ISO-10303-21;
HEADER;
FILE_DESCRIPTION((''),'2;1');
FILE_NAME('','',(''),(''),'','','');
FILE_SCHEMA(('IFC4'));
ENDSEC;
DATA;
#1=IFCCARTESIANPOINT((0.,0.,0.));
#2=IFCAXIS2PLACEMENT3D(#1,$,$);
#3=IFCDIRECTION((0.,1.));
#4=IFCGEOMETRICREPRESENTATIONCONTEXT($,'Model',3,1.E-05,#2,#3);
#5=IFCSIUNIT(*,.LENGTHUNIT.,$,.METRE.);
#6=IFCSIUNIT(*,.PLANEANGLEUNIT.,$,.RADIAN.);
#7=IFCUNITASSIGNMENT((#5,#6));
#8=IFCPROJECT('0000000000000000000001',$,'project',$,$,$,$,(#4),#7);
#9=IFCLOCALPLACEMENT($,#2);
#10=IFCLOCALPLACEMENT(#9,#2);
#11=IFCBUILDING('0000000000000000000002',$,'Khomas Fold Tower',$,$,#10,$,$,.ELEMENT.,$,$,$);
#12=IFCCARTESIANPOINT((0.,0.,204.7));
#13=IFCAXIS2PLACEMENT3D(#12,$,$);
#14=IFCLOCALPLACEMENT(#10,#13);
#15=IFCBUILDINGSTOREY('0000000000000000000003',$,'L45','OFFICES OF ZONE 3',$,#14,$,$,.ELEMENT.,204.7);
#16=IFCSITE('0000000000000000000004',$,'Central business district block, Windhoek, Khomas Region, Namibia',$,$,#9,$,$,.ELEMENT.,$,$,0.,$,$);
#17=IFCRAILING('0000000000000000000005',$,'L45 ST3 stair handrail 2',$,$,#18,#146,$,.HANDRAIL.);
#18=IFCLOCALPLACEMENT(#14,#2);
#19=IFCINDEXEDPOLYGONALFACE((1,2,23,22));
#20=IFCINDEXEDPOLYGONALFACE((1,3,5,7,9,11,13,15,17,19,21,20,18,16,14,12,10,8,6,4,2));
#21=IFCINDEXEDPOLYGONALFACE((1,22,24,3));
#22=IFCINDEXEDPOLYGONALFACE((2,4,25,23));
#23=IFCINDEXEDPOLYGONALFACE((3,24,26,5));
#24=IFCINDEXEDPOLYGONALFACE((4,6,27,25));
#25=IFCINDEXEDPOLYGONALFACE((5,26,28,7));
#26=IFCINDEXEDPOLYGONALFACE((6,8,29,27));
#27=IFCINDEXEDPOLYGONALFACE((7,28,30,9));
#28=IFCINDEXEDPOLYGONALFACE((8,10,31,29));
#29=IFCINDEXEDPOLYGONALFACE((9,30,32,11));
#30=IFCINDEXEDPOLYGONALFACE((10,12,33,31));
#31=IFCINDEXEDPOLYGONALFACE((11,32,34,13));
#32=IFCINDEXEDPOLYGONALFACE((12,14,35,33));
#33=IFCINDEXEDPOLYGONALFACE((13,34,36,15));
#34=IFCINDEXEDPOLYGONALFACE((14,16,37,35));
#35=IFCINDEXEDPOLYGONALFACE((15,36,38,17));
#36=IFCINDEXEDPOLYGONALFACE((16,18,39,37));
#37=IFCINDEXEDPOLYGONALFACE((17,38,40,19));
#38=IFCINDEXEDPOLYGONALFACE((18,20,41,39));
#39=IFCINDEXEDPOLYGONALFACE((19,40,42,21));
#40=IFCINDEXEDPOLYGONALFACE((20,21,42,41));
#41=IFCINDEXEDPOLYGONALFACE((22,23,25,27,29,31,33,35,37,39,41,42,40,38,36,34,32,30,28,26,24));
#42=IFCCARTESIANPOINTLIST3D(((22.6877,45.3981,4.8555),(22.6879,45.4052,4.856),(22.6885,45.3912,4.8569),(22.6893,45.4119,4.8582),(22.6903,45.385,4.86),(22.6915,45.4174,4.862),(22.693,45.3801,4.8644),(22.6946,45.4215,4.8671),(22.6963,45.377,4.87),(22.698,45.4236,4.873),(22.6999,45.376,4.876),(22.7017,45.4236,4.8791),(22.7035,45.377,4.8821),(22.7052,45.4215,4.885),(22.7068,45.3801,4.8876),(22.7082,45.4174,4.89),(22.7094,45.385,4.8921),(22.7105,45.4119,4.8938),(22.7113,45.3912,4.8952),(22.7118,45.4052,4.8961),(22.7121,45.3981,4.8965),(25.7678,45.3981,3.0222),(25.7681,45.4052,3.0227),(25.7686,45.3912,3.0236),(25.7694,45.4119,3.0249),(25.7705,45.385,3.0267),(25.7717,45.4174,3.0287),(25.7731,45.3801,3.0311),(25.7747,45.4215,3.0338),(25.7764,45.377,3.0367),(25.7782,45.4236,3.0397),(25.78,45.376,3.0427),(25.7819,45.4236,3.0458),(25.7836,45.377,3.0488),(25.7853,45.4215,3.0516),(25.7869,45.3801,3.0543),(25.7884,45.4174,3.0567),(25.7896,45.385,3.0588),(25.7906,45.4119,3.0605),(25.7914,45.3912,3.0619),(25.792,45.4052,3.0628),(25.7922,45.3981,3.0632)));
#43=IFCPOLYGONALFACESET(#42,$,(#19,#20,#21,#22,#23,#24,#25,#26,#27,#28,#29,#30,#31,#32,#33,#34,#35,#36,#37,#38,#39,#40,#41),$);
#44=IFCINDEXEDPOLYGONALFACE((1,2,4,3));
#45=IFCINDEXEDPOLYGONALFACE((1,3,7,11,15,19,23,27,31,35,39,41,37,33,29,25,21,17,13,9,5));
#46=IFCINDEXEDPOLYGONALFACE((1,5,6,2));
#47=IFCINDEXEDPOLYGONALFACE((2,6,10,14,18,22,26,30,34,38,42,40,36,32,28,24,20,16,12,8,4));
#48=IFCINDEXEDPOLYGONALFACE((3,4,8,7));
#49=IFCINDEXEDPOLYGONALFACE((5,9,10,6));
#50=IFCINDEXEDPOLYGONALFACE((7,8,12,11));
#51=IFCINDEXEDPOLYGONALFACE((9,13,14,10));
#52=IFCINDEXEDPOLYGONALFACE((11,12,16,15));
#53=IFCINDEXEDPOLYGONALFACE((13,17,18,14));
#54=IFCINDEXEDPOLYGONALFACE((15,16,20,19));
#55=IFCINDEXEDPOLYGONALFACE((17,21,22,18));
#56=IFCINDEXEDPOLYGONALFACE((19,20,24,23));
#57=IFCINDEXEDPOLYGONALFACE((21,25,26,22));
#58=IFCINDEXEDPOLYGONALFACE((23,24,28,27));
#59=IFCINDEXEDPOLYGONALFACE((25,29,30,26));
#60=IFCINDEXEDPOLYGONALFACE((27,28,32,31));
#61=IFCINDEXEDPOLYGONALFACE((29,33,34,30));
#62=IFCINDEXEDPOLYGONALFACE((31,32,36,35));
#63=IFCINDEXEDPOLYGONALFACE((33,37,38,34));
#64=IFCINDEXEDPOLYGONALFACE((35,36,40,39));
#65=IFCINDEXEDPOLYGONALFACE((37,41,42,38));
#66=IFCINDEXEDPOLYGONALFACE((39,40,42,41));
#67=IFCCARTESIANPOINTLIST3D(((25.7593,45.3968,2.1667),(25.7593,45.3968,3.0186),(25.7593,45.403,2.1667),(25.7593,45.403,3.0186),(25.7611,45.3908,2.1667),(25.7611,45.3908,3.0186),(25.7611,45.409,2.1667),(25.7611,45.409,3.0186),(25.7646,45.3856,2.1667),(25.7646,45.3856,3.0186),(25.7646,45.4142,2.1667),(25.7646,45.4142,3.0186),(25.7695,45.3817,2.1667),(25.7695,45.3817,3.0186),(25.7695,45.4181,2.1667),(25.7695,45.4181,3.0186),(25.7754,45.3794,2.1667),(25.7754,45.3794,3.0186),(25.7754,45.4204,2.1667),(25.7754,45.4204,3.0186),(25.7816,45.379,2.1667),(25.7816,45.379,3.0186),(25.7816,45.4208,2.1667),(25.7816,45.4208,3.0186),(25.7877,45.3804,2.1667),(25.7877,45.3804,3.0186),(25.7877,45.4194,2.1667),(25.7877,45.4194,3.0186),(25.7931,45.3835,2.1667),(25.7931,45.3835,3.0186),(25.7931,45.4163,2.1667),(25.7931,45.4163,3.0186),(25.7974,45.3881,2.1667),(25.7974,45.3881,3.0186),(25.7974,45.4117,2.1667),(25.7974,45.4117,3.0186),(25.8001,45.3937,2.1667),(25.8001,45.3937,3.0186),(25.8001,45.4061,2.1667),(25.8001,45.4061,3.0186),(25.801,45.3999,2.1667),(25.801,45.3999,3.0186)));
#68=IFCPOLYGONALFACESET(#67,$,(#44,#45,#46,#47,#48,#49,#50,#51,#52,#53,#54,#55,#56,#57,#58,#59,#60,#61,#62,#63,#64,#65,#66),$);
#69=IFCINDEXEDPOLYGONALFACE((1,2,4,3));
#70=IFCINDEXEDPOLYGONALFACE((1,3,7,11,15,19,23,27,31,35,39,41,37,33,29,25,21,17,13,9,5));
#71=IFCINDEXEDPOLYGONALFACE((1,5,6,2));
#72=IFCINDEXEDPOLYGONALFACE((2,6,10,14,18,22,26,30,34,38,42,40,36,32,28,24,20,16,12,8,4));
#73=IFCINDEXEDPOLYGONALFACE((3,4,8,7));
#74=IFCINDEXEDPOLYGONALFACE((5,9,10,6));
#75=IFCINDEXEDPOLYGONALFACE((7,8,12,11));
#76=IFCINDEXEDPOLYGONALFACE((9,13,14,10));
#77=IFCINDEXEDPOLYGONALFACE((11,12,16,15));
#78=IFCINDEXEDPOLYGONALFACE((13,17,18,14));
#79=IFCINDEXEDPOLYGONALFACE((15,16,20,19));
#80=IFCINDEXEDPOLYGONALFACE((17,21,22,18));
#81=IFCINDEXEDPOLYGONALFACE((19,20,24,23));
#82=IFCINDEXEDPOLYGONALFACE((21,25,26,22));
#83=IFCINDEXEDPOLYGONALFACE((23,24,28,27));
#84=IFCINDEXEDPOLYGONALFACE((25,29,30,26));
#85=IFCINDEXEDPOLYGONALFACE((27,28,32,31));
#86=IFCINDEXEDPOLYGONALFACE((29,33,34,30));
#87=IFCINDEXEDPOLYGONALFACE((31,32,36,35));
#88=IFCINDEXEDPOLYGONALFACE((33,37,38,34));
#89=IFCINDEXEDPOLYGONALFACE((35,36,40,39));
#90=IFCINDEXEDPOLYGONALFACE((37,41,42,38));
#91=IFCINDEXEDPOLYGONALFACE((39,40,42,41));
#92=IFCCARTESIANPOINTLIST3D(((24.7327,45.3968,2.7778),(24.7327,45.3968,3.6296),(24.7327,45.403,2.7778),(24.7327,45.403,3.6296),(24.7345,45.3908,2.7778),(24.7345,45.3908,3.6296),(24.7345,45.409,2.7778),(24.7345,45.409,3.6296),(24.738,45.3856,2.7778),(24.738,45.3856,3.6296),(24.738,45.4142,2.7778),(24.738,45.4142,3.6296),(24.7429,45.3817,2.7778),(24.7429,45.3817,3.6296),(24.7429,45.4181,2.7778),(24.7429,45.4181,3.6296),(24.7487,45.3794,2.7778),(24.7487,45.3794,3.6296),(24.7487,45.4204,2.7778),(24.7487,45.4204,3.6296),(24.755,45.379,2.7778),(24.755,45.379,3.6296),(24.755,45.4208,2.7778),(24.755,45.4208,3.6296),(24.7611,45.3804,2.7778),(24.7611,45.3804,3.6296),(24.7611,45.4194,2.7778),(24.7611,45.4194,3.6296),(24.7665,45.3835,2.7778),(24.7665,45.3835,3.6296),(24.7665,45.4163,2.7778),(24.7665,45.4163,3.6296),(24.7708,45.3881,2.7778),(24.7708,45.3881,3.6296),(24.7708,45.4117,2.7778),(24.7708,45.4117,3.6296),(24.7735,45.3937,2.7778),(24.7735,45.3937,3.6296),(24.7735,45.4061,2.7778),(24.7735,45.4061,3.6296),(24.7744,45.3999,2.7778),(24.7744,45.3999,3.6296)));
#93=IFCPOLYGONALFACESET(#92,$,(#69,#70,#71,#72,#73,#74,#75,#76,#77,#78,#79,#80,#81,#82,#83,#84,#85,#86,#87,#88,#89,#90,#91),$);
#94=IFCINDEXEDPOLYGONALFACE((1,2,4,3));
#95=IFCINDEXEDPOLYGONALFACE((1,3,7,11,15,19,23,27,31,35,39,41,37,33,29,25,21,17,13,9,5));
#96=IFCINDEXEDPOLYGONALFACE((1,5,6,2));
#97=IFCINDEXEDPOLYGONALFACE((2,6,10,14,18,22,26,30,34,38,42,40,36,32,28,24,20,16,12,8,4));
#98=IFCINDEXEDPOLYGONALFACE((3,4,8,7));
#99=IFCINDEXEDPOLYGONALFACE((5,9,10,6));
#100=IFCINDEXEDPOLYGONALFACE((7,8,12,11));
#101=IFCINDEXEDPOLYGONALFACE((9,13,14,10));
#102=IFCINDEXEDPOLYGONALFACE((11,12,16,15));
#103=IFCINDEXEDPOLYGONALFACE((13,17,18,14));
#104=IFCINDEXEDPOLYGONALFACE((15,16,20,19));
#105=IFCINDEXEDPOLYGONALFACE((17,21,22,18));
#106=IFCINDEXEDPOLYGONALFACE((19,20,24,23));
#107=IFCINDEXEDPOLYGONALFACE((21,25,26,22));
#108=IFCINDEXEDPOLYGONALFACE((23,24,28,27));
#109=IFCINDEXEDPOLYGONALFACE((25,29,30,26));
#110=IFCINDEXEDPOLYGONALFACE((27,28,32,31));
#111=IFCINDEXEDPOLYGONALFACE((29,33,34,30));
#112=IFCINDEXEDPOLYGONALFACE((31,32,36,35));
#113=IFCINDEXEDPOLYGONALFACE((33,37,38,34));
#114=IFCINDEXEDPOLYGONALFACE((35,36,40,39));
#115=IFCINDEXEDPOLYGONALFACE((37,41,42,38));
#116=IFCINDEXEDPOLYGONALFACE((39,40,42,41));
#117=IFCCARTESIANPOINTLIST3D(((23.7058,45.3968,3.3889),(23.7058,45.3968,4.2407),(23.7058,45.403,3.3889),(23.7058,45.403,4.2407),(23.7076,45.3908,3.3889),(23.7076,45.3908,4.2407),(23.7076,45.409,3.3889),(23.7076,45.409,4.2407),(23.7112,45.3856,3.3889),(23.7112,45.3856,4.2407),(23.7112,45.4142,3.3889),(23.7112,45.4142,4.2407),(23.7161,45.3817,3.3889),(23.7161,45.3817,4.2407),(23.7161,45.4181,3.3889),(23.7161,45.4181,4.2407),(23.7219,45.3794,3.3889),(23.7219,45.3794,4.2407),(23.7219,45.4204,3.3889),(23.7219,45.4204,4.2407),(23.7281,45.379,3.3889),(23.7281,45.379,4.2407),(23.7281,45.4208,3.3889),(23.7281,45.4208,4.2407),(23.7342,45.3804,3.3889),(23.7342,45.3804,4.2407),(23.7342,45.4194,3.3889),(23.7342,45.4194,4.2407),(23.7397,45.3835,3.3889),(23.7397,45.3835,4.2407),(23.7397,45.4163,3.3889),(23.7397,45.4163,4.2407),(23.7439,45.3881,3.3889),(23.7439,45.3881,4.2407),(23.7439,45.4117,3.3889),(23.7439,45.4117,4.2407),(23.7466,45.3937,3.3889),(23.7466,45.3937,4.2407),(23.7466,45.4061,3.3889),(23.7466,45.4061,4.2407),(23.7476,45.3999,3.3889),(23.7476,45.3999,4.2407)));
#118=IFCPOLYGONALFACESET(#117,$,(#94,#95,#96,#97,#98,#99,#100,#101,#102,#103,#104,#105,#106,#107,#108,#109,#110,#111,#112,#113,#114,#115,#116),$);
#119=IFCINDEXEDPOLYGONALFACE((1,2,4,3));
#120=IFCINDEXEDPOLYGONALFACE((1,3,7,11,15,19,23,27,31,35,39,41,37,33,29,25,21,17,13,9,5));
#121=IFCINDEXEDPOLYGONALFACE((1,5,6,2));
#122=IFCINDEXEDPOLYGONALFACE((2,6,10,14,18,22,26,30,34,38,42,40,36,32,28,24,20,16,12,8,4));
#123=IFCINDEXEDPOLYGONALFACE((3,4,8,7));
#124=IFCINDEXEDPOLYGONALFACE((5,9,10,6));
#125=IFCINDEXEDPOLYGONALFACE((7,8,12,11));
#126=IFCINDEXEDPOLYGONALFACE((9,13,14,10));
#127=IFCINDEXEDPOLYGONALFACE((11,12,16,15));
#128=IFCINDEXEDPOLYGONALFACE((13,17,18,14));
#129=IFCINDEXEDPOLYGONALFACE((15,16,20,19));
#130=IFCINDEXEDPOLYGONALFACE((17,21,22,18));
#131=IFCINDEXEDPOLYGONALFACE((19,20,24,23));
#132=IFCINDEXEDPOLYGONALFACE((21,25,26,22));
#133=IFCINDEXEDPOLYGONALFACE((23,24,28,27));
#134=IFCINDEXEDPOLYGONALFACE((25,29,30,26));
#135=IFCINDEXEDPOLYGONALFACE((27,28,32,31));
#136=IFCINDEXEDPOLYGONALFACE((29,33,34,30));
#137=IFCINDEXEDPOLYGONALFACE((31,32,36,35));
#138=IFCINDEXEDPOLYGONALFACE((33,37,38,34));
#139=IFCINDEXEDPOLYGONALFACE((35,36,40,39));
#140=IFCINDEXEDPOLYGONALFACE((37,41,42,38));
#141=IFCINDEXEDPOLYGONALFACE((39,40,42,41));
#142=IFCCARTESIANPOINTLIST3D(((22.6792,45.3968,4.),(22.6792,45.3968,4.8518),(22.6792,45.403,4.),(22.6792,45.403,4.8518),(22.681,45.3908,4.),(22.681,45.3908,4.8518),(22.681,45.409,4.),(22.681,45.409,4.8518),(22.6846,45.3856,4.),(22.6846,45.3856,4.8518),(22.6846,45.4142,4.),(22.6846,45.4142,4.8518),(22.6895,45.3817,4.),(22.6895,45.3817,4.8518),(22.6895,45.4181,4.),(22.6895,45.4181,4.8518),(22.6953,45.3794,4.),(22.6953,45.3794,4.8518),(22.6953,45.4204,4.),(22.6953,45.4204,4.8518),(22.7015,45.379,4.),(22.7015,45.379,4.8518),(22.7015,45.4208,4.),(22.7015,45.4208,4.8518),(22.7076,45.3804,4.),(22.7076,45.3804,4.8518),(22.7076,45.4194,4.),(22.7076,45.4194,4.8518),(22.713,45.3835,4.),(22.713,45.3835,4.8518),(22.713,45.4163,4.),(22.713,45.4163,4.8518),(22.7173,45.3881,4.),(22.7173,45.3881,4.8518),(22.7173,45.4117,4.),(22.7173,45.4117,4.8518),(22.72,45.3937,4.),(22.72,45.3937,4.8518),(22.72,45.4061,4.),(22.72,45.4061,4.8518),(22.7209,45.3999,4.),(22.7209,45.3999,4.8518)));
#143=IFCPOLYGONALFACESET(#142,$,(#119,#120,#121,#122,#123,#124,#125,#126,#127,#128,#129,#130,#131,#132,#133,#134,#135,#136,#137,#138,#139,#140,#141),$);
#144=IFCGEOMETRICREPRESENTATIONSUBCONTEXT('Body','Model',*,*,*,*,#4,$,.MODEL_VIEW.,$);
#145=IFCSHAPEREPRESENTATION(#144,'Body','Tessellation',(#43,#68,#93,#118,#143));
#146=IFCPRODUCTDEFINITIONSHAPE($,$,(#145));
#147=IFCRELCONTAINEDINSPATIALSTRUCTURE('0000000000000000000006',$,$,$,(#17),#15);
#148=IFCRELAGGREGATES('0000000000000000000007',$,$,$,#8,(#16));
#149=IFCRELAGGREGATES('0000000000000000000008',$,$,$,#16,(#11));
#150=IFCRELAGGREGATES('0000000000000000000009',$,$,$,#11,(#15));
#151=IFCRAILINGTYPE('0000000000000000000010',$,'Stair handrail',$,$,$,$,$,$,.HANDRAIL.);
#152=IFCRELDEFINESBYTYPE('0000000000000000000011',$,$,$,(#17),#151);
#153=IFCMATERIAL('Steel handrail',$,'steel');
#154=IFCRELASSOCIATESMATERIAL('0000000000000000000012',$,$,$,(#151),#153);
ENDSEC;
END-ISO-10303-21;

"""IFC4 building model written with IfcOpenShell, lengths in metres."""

from ifc_helpers import new_model, si_unit, direction, frame, origin, origin_2d, place, context, subcontext, project, spatial, circle, extrude, source, transform, mapped, material, type_object, element, save


model = new_model("IFC4")

# Units and contexts
model_context = context("Model", 3, precision=1e-05, world=origin(), true_north=direction((0.0, 1.0)))
body_context = subcontext(model_context, "Body", "Model", "MODEL_VIEW")
ifc_project = project(units=[si_unit("LENGTHUNIT", "METRE"), si_unit("PLANEANGLEUNIT", "RADIAN")], contexts=[model_context])

# Site, building, storey
site_placement = place(None, origin())
site = spatial("IfcSite", under=ifc_project, at=site_placement, Name="Central business district block, Windhoek, Khomas Region, Namibia", CompositionType="ELEMENT", RefElevation=0.0)
building_placement = place(site_placement, origin())
building = spatial("IfcBuilding", under=site, at=building_placement, Name="Khomas Fold Tower", CompositionType="ELEMENT")
storey_placement = place(building_placement, frame((0.0, 0.0, 204.7)))
storey = spatial("IfcBuildingStorey", under=building, at=storey_placement, Name="L45", Description="OFFICES OF ZONE 3", CompositionType="ELEMENT", Elevation=204.7)

# Railing
ifc_material_1 = material(Name="Steel handrail", Category="steel")
railing_type_1 = type_object("IfcRailingType", Name="Stair handrail", PredefinedType="HANDRAIL", material=ifc_material_1)
shared_shape_1 = source(origin(), body_context, "Body", "SweptSolid", [
    extrude(circle(Radius=0.0239, at=origin_2d()), frame((0.0, 0.0, 0.876), z_axis=(-0.859309, 0.0, 0.511458), x_axis=(0.0, -1.0, 0.0)), (0.0, 0.0, 1.0), 3.5845),
    extrude(circle(Radius=0.021, at=origin_2d()), origin(), (0.0, 0.0, 1.0), 0.8518),
    extrude(circle(Radius=0.021, at=origin_2d()), frame((-1.0266, 0.0, 0.6111)), (0.0, 0.0, 1.0), 0.8518),
    extrude(circle(Radius=0.021, at=origin_2d()), frame((-2.0535, 0.0, 1.2222)), (0.0, 0.0, 1.0), 0.8518),
    extrude(circle(Radius=0.021, at=origin_2d()), frame((-3.0801, 0.0, 1.8333)), (0.0, 0.0, 1.0), 0.8518),
])
railing_1_placement = place(storey_placement, frame((25.78, 45.3999, 2.1667)))
element("IfcRailing", 1, at=railing_1_placement, inside=storey, type_object=railing_type_1, Name="L45 ST3 stair handrail 2", PredefinedType="HANDRAIL", context=body_context, shape_type="MappedRepresentation", body=[
    mapped(shared_shape_1, transform((0.0, 0.0, 0.0))),
])

save(model, "model.ifc")
